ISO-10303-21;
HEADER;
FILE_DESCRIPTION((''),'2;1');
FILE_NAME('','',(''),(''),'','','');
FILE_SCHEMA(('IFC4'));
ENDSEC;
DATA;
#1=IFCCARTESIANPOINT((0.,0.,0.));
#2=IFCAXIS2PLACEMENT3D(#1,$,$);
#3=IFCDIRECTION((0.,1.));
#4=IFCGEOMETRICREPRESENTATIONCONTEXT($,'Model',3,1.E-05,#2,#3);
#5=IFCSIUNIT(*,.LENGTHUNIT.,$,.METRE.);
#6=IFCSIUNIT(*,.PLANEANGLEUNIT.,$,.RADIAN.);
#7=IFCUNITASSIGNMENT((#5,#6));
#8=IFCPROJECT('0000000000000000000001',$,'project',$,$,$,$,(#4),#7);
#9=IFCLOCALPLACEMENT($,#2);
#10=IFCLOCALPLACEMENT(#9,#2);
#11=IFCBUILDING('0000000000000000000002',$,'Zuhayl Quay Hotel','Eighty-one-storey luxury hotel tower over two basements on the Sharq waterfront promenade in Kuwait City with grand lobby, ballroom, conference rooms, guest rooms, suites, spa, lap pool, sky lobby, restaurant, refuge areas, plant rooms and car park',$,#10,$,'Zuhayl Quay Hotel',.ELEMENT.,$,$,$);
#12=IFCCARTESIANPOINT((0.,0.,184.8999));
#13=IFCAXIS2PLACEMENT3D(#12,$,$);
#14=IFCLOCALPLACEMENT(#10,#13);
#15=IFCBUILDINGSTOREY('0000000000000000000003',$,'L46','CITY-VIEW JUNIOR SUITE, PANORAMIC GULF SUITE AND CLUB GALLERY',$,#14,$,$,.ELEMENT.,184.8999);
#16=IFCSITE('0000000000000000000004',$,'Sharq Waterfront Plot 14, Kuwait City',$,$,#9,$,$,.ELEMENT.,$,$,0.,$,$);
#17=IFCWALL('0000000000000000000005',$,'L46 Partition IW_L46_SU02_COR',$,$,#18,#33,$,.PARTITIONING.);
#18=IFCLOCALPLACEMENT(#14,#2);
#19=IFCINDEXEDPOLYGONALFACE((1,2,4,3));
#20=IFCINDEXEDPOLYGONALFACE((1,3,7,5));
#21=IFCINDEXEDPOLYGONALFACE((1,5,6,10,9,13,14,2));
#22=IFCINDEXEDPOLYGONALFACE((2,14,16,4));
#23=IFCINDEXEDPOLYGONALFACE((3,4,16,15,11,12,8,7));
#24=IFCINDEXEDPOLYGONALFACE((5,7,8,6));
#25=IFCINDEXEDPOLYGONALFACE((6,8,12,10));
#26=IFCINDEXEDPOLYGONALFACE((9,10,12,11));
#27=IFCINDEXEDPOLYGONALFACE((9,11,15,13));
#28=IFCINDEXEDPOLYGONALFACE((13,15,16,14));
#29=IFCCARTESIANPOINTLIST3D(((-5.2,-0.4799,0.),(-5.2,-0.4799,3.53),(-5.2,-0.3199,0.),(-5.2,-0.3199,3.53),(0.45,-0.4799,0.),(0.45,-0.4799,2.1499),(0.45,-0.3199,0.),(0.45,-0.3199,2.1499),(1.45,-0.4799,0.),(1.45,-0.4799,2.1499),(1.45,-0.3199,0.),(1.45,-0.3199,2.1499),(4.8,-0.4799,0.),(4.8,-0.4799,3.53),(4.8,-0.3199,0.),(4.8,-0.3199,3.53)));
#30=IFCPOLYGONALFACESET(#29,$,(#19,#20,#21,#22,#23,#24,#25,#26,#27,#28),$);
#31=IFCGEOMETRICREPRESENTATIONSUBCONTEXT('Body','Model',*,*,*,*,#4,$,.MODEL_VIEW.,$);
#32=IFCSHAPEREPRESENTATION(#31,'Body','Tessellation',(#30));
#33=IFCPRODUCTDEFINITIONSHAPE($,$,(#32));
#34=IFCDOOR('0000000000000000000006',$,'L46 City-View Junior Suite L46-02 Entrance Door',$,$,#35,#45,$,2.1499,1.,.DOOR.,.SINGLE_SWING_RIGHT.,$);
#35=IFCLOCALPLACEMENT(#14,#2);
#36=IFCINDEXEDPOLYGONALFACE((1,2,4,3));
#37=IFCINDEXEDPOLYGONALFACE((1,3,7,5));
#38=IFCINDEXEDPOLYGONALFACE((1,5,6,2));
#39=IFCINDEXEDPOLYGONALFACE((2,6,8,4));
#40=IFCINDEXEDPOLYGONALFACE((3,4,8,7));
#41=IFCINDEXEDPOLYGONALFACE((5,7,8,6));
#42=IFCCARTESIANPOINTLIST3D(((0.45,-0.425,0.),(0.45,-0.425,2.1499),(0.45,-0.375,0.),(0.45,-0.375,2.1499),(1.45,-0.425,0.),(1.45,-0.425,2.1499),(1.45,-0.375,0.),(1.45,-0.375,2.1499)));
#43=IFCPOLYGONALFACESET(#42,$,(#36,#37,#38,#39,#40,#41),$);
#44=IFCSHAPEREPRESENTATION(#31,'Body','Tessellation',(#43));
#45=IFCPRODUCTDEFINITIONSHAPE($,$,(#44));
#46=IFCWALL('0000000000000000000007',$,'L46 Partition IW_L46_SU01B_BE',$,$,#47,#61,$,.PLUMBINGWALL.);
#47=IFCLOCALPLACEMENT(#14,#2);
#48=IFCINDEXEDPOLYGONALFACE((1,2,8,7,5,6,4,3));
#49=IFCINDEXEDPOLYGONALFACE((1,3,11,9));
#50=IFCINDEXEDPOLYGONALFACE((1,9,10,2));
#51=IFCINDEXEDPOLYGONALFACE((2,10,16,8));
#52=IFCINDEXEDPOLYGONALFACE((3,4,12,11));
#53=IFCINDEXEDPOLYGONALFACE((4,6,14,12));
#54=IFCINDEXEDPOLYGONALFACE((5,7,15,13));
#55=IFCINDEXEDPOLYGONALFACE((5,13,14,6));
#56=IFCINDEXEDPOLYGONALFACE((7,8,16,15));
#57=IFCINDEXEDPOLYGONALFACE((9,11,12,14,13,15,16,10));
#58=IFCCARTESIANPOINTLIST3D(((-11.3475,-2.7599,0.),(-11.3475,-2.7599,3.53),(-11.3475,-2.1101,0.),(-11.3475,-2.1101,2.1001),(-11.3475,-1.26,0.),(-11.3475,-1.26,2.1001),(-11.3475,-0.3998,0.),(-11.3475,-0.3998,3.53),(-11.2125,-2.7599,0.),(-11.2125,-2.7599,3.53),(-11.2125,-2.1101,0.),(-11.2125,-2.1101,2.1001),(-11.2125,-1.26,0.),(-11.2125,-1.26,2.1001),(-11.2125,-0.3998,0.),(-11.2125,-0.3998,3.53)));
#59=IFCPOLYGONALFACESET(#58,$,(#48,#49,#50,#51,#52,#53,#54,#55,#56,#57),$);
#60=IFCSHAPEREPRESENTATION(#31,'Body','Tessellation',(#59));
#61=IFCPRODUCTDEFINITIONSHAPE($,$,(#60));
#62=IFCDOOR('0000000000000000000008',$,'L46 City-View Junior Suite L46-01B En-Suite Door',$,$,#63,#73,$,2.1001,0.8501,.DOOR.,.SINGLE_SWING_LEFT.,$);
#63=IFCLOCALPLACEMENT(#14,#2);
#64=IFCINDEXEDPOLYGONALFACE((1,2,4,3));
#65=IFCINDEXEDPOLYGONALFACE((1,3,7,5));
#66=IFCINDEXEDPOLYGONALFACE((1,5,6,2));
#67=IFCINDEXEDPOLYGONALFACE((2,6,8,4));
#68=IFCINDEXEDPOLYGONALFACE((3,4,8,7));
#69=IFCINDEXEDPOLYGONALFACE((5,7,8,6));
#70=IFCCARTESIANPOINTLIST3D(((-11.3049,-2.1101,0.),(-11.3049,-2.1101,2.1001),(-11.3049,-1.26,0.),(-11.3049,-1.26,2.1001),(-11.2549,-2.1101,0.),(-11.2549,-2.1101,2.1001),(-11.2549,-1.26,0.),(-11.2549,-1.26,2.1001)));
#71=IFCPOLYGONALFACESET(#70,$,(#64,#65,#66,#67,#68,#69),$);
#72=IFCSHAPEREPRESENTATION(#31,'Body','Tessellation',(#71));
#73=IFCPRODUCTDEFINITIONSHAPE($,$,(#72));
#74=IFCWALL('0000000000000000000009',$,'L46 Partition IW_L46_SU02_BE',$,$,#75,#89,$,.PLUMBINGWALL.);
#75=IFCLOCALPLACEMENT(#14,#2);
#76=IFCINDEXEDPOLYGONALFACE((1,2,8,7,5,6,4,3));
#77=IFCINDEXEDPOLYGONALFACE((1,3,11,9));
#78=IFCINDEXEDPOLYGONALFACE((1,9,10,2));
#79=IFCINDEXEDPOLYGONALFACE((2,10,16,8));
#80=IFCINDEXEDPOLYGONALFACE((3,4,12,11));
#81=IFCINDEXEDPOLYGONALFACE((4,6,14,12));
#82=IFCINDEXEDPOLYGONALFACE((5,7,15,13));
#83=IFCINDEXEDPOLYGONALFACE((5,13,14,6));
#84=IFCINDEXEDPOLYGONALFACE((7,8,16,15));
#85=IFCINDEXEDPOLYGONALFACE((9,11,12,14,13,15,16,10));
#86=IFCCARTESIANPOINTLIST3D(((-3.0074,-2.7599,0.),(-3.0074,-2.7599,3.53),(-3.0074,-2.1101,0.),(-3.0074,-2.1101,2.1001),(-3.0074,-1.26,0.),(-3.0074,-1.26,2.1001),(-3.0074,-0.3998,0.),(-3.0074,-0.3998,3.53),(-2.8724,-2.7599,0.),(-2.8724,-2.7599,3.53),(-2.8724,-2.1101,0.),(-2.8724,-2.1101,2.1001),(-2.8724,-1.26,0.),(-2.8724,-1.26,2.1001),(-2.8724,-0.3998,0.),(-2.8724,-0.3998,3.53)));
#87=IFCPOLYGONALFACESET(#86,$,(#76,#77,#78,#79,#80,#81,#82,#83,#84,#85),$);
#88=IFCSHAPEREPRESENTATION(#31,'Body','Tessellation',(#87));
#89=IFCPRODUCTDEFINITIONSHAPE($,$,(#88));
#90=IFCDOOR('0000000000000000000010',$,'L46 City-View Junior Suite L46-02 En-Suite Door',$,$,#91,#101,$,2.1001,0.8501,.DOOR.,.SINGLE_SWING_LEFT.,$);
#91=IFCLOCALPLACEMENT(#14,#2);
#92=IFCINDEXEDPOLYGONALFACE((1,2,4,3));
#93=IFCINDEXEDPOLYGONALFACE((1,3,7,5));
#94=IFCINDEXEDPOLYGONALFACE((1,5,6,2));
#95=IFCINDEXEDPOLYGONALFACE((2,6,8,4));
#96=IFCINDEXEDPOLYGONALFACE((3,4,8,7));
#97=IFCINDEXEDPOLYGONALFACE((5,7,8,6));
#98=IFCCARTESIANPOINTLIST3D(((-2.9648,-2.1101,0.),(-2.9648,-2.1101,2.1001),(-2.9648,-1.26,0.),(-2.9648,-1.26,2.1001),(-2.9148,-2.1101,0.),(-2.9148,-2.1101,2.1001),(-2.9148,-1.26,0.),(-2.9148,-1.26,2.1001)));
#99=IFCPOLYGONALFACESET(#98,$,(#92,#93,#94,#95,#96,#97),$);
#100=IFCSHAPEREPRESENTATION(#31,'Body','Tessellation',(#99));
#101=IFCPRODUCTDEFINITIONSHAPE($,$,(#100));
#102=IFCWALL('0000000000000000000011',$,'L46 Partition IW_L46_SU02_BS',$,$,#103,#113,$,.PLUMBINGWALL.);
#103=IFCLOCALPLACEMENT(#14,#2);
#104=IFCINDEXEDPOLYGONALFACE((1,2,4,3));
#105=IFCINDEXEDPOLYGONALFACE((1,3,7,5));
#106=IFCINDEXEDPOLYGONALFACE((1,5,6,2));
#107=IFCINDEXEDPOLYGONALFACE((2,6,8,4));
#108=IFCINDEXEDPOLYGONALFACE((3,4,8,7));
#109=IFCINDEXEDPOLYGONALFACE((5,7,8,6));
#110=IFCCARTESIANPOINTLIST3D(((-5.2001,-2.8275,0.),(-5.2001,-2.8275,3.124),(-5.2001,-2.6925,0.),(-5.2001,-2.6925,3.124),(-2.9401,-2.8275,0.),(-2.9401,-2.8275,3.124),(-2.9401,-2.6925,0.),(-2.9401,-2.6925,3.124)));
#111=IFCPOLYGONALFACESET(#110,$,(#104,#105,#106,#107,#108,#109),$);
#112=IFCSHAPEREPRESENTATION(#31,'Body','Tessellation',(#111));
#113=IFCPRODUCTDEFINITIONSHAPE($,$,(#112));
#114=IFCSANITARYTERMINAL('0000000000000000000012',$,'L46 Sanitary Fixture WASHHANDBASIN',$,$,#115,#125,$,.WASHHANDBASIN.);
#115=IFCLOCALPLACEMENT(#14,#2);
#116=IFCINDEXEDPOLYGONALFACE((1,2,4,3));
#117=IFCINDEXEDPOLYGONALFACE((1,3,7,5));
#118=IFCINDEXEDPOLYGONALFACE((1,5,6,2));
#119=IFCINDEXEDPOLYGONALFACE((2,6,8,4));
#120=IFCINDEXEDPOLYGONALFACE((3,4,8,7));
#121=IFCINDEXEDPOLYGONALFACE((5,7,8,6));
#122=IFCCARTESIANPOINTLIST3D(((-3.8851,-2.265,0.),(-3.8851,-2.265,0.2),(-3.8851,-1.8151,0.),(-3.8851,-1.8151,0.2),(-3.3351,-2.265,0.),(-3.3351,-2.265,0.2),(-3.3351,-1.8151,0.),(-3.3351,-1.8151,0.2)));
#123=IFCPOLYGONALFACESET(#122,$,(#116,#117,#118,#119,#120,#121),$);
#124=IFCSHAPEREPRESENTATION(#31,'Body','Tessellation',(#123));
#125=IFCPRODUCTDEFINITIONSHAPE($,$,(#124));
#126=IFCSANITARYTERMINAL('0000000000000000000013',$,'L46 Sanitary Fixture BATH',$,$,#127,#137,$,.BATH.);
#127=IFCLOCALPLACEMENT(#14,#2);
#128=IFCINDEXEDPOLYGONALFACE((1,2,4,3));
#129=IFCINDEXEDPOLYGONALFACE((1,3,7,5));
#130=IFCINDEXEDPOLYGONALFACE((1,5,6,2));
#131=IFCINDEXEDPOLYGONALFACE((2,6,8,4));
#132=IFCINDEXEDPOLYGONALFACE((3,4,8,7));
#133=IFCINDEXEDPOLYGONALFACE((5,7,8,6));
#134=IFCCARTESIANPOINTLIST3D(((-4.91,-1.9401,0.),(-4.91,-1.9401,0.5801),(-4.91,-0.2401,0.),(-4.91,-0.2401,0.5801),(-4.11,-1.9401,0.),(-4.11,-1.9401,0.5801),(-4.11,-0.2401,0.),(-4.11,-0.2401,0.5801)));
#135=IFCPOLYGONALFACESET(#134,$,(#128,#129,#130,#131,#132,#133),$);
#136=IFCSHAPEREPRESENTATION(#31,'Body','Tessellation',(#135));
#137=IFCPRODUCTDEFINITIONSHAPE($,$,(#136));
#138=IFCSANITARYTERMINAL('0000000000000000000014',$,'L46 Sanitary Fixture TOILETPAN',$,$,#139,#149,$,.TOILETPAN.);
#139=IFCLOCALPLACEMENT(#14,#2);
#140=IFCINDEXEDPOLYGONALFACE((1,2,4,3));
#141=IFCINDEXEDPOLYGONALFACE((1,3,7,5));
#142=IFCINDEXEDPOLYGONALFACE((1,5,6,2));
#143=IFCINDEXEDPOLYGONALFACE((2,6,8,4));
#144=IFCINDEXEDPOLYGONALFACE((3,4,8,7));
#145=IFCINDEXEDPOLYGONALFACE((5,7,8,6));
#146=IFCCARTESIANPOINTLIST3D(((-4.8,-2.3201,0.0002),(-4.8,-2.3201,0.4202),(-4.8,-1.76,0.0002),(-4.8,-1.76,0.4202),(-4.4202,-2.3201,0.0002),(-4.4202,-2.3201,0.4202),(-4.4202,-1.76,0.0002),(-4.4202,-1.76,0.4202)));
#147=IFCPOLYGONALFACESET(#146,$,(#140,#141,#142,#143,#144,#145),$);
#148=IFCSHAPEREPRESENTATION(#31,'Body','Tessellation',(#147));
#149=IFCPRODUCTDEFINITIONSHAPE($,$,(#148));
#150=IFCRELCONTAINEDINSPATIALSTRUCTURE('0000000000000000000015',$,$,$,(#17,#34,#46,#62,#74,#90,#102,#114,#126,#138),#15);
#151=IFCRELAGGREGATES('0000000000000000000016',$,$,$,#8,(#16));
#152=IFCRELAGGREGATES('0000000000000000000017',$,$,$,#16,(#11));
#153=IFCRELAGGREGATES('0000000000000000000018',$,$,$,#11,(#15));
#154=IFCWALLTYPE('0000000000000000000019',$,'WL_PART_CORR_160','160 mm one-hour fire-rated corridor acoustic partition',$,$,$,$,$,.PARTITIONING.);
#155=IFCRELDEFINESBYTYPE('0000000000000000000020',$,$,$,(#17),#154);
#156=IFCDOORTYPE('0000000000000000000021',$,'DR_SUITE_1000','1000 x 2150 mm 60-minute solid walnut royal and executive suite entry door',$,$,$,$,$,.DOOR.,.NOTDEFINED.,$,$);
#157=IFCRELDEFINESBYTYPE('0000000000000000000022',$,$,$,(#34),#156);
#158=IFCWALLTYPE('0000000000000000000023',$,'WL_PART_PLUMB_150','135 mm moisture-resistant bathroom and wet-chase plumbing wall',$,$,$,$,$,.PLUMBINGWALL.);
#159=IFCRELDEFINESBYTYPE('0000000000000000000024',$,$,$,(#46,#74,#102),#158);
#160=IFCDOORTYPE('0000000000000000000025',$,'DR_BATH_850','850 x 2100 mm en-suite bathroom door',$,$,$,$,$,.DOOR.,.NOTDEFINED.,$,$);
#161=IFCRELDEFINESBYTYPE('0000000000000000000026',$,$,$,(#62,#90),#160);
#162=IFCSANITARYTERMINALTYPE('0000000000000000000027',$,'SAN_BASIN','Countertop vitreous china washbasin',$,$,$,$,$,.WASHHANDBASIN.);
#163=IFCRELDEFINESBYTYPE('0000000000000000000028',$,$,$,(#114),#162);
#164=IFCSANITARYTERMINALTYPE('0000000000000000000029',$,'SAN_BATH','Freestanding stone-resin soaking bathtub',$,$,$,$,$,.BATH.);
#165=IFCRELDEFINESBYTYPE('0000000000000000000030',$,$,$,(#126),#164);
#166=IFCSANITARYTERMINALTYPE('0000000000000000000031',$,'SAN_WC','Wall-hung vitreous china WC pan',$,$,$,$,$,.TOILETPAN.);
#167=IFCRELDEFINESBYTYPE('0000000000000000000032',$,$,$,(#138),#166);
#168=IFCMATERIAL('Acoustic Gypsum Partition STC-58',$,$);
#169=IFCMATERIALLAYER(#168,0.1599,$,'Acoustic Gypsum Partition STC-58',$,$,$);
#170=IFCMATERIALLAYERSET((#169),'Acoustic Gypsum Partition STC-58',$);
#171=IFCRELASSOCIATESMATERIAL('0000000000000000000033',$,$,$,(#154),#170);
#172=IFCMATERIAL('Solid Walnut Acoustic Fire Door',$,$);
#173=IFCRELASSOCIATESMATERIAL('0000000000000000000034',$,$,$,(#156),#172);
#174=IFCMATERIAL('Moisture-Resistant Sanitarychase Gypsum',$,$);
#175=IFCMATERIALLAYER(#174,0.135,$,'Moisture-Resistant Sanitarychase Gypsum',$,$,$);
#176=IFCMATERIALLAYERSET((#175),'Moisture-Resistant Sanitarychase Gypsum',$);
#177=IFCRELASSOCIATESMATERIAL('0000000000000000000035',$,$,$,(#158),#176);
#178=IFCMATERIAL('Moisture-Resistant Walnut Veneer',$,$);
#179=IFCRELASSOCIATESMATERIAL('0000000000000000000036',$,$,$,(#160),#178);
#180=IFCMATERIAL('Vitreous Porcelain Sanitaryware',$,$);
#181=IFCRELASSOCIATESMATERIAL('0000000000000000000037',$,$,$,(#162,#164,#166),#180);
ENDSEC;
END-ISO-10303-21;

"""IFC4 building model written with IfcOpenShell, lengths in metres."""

from ifc_helpers import new_model, si_unit, direction, frame, frame_2d, origin, origin_2d, place, context, subcontext, project, spatial, rectangle, extrude, material, layer, layer_set, type_object, element, fill, save


model = new_model("IFC4")

# Units and contexts
model_context = context("Model", 3, precision=1e-05, world=origin(), true_north=direction((0.0, 1.0)))
body_context = subcontext(model_context, "Body", "Model", "MODEL_VIEW")
ifc_project = project(units=[si_unit("LENGTHUNIT", "METRE"), si_unit("PLANEANGLEUNIT", "RADIAN")], contexts=[model_context])

# Site, building, storey
site_placement = place(None, origin())
site = spatial("IfcSite", under=ifc_project, at=site_placement, Name="Sharq Waterfront Plot 14, Kuwait City", CompositionType="ELEMENT", RefElevation=0.0)
building_placement = place(site_placement, origin())
building = spatial("IfcBuilding", under=site, at=building_placement, Name="Zuhayl Quay Hotel", Description="Eighty-one-storey luxury hotel tower over two basements on the Sharq waterfront promenade in Kuwait City with grand lobby, ballroom, conference rooms, guest rooms, suites, spa, lap pool, sky lobby, restaurant, refuge areas, plant rooms and car park", LongName="Zuhayl Quay Hotel", CompositionType="ELEMENT")
storey_placement = place(building_placement, frame((0.0, 0.0, 184.8999)))
storey = spatial("IfcBuildingStorey", under=building, at=storey_placement, Name="L46", Description="CITY-VIEW JUNIOR SUITE, PANORAMIC GULF SUITE AND CLUB GALLERY", CompositionType="ELEMENT", Elevation=184.8999)

# Shared definitions
ifc_material_1 = material(Name="Acoustic Gypsum Partition STC-58")

# Walls, openings, doors
ifc_layer_1 = layer(ifc_material_1, 0.1599, Name="Acoustic Gypsum Partition STC-58")
ifc_layer_set_1 = layer_set([ifc_layer_1], Name="Acoustic Gypsum Partition STC-58")
wall_type_1 = type_object("IfcWallType", Name="WL_PART_CORR_160", Description="160 mm one-hour fire-rated corridor acoustic partition", PredefinedType="PARTITIONING", material=ifc_layer_set_1)
wall_1_placement = place(storey_placement, frame((-5.2, -0.3999, 0.0), z_axis=(0.0, 0.0, 1.0), x_axis=(1.0, 0.0, 0.0)))
wall_1 = element("IfcWall", 1, at=wall_1_placement, inside=storey, type_object=wall_type_1, Name="L46 Partition IW_L46_SU02_COR", PredefinedType="PARTITIONING", context=body_context, shape_type="SweptSolid", body=[
    extrude(rectangle(XDim=10.0, YDim=0.1599, at=frame_2d((5.0, 0.0))), origin(), (0.0, 0.0, 1.0), 3.53),
])
opening_1_placement = place(wall_1_placement, frame((5.6499, 0.0, 0.0)))
opening_1 = element("IfcOpeningElement", 2, at=opening_1_placement, cuts=wall_1, PredefinedType="OPENING", context=body_context, shape_type="SweptSolid", body=[
    extrude(rectangle(XDim=1.0, YDim=2.1499, at=frame_2d((0.5, 1.075))), frame((0.0, 0.0898, 0.0), z_axis=(0.0, -1.0, 0.0), x_axis=(1.0, 0.0, 0.0)), (0.0, 0.0, 1.0), 0.1799),
])
ifc_material_2 = material(Name="Solid Walnut Acoustic Fire Door")
door_type_1 = type_object("IfcDoorType", Name="DR_SUITE_1000", Description="1000 x 2150 mm 60-minute solid walnut royal and executive suite entry door", OperationType="NOTDEFINED", PredefinedType="DOOR", material=ifc_material_2)
door_1_placement = place(opening_1_placement, origin())
door_1 = element("IfcDoor", 3, at=door_1_placement, inside=storey, type_object=door_type_1, Name="L46 City-View Junior Suite L46-02 Entrance Door", OperationType="SINGLE_SWING_RIGHT", OverallHeight=2.1499, OverallWidth=1.0, PredefinedType="DOOR", context=body_context, shape_type="SweptSolid", body=[
    extrude(rectangle(XDim=1.0, YDim=2.1499, at=frame_2d((0.5, 1.075))), frame((0.0, 0.0249, 0.0), z_axis=(0.0, -1.0, 0.0), x_axis=(1.0, 0.0, 0.0)), (0.0, 0.0, 1.0), 0.05),
])
fill(opening_1, door_1)
ifc_material_3 = material(Name="Moisture-Resistant Sanitarychase Gypsum")
ifc_layer_2 = layer(ifc_material_3, 0.135, Name="Moisture-Resistant Sanitarychase Gypsum")
ifc_layer_set_2 = layer_set([ifc_layer_2], Name="Moisture-Resistant Sanitarychase Gypsum")
wall_type_2 = type_object("IfcWallType", Name="WL_PART_PLUMB_150", Description="135 mm moisture-resistant bathroom and wet-chase plumbing wall", PredefinedType="PLUMBINGWALL", material=ifc_layer_set_2)
wall_2_placement = place(storey_placement, frame((-11.28, -2.76, 0.0), z_axis=(0.0, 0.0, 1.0), x_axis=(0.0, 1.0, 0.0)))
wall_2 = element("IfcWall", 4, at=wall_2_placement, inside=storey, type_object=wall_type_2, Name="L46 Partition IW_L46_SU01B_BE", PredefinedType="PLUMBINGWALL", context=body_context, shape_type="SweptSolid", body=[
    extrude(rectangle(XDim=2.3601, YDim=0.135, at=frame_2d((1.1802, 0.0))), origin(), (0.0, 0.0, 1.0), 3.53),
])
opening_2_placement = place(wall_2_placement, frame((0.6499, 0.0, 0.0)))
opening_2 = element("IfcOpeningElement", 5, at=opening_2_placement, cuts=wall_2, PredefinedType="OPENING", context=body_context, shape_type="SweptSolid", body=[
    extrude(rectangle(XDim=0.8501, YDim=2.1001, at=frame_2d((0.425, 1.05))), frame((0.0, 0.0774, 0.0), z_axis=(0.0, -1.0, 0.0), x_axis=(1.0, 0.0, 0.0)), (0.0, 0.0, 1.0), 0.155),
])
ifc_material_4 = material(Name="Moisture-Resistant Walnut Veneer")
door_type_2 = type_object("IfcDoorType", Name="DR_BATH_850", Description="850 x 2100 mm en-suite bathroom door", OperationType="NOTDEFINED", PredefinedType="DOOR", material=ifc_material_4)
door_2_placement = place(opening_2_placement, origin())
door_2 = element("IfcDoor", 6, at=door_2_placement, inside=storey, type_object=door_type_2, Name="L46 City-View Junior Suite L46-01B En-Suite Door", OperationType="SINGLE_SWING_LEFT", OverallHeight=2.1001, OverallWidth=0.8501, PredefinedType="DOOR", context=body_context, shape_type="SweptSolid", body=[
    extrude(rectangle(XDim=0.8501, YDim=2.1001, at=frame_2d((0.425, 1.05))), frame((0.0, 0.0249, 0.0), z_axis=(0.0, -1.0, 0.0), x_axis=(1.0, 0.0, 0.0)), (0.0, 0.0, 1.0), 0.05),
])
fill(opening_2, door_2)
wall_3_placement = place(storey_placement, frame((-2.9399, -2.76, 0.0), z_axis=(0.0, 0.0, 1.0), x_axis=(0.0, 1.0, 0.0)))
wall_3 = element("IfcWall", 7, at=wall_3_placement, inside=storey, type_object=wall_type_2, Name="L46 Partition IW_L46_SU02_BE", PredefinedType="PLUMBINGWALL", context=body_context, shape_type="SweptSolid", body=[
    extrude(rectangle(XDim=2.3601, YDim=0.135, at=frame_2d((1.1802, 0.0))), origin(), (0.0, 0.0, 1.0), 3.53),
])
opening_3_placement = place(wall_3_placement, frame((0.6499, 0.0, 0.0)))
opening_3 = element("IfcOpeningElement", 8, at=opening_3_placement, cuts=wall_3, PredefinedType="OPENING", context=body_context, shape_type="SweptSolid", body=[
    extrude(rectangle(XDim=0.8501, YDim=2.1001, at=frame_2d((0.425, 1.05))), frame((0.0, 0.0774, 0.0), z_axis=(0.0, -1.0, 0.0), x_axis=(1.0, 0.0, 0.0)), (0.0, 0.0, 1.0), 0.155),
])
door_3_placement = place(opening_3_placement, origin())
door_3 = element("IfcDoor", 9, at=door_3_placement, inside=storey, type_object=door_type_2, Name="L46 City-View Junior Suite L46-02 En-Suite Door", OperationType="SINGLE_SWING_LEFT", OverallHeight=2.1001, OverallWidth=0.8501, PredefinedType="DOOR", context=body_context, shape_type="SweptSolid", body=[
    extrude(rectangle(XDim=0.8501, YDim=2.1001, at=frame_2d((0.425, 1.05))), frame((0.0, 0.0249, 0.0), z_axis=(0.0, -1.0, 0.0), x_axis=(1.0, 0.0, 0.0)), (0.0, 0.0, 1.0), 0.05),
])
fill(opening_3, door_3)

# Wall
wall_4_placement = place(storey_placement, frame((-5.2, -2.76, 0.0), z_axis=(0.0, 0.0, 1.0), x_axis=(1.0, 0.0, 0.0)))
element("IfcWall", 10, at=wall_4_placement, inside=storey, type_object=wall_type_2, Name="L46 Partition IW_L46_SU02_BS", PredefinedType="PLUMBINGWALL", context=body_context, shape_type="SweptSolid", body=[
    extrude(rectangle(XDim=2.26, YDim=0.135, at=frame_2d((1.1299, 0.0))), origin(), (0.0, 0.0, 1.0), 3.124),
])

# Sanitary terminals
ifc_material_5 = material(Name="Vitreous Porcelain Sanitaryware")
sanitary_terminal_type_1 = type_object("IfcSanitaryTerminalType", Name="SAN_BASIN", Description="Countertop vitreous china washbasin", PredefinedType="WASHHANDBASIN", material=ifc_material_5)
sanitary_terminal_1_placement = place(storey_placement, frame((-3.6101, -2.04, 0.0), z_axis=(0.0, 0.0, 1.0), x_axis=(1.0, 0.0, 0.0)))
element("IfcSanitaryTerminal", 11, at=sanitary_terminal_1_placement, inside=storey, type_object=sanitary_terminal_type_1, Name="L46 Sanitary Fixture WASHHANDBASIN", PredefinedType="WASHHANDBASIN", context=body_context, shape_type="SweptSolid", body=[
    extrude(rectangle(XDim=0.55, YDim=0.45, at=origin_2d()), origin(), (0.0, 0.0, 1.0), 0.2),
])
sanitary_terminal_type_2 = type_object("IfcSanitaryTerminalType", Name="SAN_BATH", Description="Freestanding stone-resin soaking bathtub", PredefinedType="BATH", material=ifc_material_5)
sanitary_terminal_2_placement = place(storey_placement, frame((-4.51, -1.0901, 0.0), z_axis=(0.0, 0.0, 1.0), x_axis=(1.0, 0.0, 0.0)))
element("IfcSanitaryTerminal", 12, at=sanitary_terminal_2_placement, inside=storey, type_object=sanitary_terminal_type_2, Name="L46 Sanitary Fixture BATH", PredefinedType="BATH", context=body_context, shape_type="SweptSolid", body=[
    extrude(rectangle(XDim=0.8, YDim=1.7, at=origin_2d()), origin(), (0.0, 0.0, 1.0), 0.5801),
])
sanitary_terminal_type_3 = type_object("IfcSanitaryTerminalType", Name="SAN_WC", Description="Wall-hung vitreous china WC pan", PredefinedType="TOILETPAN", material=ifc_material_5)
sanitary_terminal_3_placement = place(storey_placement, frame((-4.6101, -2.04, 0.0002), z_axis=(0.0, 0.0, 1.0), x_axis=(1.0, 0.0, 0.0)))
element("IfcSanitaryTerminal", 13, at=sanitary_terminal_3_placement, inside=storey, type_object=sanitary_terminal_type_3, Name="L46 Sanitary Fixture TOILETPAN", PredefinedType="TOILETPAN", context=body_context, shape_type="SweptSolid", body=[
    extrude(rectangle(XDim=0.3799, YDim=0.5601, at=origin_2d()), origin(), (0.0, 0.0, 1.0), 0.4199),
])

save(model, "model.ifc")
